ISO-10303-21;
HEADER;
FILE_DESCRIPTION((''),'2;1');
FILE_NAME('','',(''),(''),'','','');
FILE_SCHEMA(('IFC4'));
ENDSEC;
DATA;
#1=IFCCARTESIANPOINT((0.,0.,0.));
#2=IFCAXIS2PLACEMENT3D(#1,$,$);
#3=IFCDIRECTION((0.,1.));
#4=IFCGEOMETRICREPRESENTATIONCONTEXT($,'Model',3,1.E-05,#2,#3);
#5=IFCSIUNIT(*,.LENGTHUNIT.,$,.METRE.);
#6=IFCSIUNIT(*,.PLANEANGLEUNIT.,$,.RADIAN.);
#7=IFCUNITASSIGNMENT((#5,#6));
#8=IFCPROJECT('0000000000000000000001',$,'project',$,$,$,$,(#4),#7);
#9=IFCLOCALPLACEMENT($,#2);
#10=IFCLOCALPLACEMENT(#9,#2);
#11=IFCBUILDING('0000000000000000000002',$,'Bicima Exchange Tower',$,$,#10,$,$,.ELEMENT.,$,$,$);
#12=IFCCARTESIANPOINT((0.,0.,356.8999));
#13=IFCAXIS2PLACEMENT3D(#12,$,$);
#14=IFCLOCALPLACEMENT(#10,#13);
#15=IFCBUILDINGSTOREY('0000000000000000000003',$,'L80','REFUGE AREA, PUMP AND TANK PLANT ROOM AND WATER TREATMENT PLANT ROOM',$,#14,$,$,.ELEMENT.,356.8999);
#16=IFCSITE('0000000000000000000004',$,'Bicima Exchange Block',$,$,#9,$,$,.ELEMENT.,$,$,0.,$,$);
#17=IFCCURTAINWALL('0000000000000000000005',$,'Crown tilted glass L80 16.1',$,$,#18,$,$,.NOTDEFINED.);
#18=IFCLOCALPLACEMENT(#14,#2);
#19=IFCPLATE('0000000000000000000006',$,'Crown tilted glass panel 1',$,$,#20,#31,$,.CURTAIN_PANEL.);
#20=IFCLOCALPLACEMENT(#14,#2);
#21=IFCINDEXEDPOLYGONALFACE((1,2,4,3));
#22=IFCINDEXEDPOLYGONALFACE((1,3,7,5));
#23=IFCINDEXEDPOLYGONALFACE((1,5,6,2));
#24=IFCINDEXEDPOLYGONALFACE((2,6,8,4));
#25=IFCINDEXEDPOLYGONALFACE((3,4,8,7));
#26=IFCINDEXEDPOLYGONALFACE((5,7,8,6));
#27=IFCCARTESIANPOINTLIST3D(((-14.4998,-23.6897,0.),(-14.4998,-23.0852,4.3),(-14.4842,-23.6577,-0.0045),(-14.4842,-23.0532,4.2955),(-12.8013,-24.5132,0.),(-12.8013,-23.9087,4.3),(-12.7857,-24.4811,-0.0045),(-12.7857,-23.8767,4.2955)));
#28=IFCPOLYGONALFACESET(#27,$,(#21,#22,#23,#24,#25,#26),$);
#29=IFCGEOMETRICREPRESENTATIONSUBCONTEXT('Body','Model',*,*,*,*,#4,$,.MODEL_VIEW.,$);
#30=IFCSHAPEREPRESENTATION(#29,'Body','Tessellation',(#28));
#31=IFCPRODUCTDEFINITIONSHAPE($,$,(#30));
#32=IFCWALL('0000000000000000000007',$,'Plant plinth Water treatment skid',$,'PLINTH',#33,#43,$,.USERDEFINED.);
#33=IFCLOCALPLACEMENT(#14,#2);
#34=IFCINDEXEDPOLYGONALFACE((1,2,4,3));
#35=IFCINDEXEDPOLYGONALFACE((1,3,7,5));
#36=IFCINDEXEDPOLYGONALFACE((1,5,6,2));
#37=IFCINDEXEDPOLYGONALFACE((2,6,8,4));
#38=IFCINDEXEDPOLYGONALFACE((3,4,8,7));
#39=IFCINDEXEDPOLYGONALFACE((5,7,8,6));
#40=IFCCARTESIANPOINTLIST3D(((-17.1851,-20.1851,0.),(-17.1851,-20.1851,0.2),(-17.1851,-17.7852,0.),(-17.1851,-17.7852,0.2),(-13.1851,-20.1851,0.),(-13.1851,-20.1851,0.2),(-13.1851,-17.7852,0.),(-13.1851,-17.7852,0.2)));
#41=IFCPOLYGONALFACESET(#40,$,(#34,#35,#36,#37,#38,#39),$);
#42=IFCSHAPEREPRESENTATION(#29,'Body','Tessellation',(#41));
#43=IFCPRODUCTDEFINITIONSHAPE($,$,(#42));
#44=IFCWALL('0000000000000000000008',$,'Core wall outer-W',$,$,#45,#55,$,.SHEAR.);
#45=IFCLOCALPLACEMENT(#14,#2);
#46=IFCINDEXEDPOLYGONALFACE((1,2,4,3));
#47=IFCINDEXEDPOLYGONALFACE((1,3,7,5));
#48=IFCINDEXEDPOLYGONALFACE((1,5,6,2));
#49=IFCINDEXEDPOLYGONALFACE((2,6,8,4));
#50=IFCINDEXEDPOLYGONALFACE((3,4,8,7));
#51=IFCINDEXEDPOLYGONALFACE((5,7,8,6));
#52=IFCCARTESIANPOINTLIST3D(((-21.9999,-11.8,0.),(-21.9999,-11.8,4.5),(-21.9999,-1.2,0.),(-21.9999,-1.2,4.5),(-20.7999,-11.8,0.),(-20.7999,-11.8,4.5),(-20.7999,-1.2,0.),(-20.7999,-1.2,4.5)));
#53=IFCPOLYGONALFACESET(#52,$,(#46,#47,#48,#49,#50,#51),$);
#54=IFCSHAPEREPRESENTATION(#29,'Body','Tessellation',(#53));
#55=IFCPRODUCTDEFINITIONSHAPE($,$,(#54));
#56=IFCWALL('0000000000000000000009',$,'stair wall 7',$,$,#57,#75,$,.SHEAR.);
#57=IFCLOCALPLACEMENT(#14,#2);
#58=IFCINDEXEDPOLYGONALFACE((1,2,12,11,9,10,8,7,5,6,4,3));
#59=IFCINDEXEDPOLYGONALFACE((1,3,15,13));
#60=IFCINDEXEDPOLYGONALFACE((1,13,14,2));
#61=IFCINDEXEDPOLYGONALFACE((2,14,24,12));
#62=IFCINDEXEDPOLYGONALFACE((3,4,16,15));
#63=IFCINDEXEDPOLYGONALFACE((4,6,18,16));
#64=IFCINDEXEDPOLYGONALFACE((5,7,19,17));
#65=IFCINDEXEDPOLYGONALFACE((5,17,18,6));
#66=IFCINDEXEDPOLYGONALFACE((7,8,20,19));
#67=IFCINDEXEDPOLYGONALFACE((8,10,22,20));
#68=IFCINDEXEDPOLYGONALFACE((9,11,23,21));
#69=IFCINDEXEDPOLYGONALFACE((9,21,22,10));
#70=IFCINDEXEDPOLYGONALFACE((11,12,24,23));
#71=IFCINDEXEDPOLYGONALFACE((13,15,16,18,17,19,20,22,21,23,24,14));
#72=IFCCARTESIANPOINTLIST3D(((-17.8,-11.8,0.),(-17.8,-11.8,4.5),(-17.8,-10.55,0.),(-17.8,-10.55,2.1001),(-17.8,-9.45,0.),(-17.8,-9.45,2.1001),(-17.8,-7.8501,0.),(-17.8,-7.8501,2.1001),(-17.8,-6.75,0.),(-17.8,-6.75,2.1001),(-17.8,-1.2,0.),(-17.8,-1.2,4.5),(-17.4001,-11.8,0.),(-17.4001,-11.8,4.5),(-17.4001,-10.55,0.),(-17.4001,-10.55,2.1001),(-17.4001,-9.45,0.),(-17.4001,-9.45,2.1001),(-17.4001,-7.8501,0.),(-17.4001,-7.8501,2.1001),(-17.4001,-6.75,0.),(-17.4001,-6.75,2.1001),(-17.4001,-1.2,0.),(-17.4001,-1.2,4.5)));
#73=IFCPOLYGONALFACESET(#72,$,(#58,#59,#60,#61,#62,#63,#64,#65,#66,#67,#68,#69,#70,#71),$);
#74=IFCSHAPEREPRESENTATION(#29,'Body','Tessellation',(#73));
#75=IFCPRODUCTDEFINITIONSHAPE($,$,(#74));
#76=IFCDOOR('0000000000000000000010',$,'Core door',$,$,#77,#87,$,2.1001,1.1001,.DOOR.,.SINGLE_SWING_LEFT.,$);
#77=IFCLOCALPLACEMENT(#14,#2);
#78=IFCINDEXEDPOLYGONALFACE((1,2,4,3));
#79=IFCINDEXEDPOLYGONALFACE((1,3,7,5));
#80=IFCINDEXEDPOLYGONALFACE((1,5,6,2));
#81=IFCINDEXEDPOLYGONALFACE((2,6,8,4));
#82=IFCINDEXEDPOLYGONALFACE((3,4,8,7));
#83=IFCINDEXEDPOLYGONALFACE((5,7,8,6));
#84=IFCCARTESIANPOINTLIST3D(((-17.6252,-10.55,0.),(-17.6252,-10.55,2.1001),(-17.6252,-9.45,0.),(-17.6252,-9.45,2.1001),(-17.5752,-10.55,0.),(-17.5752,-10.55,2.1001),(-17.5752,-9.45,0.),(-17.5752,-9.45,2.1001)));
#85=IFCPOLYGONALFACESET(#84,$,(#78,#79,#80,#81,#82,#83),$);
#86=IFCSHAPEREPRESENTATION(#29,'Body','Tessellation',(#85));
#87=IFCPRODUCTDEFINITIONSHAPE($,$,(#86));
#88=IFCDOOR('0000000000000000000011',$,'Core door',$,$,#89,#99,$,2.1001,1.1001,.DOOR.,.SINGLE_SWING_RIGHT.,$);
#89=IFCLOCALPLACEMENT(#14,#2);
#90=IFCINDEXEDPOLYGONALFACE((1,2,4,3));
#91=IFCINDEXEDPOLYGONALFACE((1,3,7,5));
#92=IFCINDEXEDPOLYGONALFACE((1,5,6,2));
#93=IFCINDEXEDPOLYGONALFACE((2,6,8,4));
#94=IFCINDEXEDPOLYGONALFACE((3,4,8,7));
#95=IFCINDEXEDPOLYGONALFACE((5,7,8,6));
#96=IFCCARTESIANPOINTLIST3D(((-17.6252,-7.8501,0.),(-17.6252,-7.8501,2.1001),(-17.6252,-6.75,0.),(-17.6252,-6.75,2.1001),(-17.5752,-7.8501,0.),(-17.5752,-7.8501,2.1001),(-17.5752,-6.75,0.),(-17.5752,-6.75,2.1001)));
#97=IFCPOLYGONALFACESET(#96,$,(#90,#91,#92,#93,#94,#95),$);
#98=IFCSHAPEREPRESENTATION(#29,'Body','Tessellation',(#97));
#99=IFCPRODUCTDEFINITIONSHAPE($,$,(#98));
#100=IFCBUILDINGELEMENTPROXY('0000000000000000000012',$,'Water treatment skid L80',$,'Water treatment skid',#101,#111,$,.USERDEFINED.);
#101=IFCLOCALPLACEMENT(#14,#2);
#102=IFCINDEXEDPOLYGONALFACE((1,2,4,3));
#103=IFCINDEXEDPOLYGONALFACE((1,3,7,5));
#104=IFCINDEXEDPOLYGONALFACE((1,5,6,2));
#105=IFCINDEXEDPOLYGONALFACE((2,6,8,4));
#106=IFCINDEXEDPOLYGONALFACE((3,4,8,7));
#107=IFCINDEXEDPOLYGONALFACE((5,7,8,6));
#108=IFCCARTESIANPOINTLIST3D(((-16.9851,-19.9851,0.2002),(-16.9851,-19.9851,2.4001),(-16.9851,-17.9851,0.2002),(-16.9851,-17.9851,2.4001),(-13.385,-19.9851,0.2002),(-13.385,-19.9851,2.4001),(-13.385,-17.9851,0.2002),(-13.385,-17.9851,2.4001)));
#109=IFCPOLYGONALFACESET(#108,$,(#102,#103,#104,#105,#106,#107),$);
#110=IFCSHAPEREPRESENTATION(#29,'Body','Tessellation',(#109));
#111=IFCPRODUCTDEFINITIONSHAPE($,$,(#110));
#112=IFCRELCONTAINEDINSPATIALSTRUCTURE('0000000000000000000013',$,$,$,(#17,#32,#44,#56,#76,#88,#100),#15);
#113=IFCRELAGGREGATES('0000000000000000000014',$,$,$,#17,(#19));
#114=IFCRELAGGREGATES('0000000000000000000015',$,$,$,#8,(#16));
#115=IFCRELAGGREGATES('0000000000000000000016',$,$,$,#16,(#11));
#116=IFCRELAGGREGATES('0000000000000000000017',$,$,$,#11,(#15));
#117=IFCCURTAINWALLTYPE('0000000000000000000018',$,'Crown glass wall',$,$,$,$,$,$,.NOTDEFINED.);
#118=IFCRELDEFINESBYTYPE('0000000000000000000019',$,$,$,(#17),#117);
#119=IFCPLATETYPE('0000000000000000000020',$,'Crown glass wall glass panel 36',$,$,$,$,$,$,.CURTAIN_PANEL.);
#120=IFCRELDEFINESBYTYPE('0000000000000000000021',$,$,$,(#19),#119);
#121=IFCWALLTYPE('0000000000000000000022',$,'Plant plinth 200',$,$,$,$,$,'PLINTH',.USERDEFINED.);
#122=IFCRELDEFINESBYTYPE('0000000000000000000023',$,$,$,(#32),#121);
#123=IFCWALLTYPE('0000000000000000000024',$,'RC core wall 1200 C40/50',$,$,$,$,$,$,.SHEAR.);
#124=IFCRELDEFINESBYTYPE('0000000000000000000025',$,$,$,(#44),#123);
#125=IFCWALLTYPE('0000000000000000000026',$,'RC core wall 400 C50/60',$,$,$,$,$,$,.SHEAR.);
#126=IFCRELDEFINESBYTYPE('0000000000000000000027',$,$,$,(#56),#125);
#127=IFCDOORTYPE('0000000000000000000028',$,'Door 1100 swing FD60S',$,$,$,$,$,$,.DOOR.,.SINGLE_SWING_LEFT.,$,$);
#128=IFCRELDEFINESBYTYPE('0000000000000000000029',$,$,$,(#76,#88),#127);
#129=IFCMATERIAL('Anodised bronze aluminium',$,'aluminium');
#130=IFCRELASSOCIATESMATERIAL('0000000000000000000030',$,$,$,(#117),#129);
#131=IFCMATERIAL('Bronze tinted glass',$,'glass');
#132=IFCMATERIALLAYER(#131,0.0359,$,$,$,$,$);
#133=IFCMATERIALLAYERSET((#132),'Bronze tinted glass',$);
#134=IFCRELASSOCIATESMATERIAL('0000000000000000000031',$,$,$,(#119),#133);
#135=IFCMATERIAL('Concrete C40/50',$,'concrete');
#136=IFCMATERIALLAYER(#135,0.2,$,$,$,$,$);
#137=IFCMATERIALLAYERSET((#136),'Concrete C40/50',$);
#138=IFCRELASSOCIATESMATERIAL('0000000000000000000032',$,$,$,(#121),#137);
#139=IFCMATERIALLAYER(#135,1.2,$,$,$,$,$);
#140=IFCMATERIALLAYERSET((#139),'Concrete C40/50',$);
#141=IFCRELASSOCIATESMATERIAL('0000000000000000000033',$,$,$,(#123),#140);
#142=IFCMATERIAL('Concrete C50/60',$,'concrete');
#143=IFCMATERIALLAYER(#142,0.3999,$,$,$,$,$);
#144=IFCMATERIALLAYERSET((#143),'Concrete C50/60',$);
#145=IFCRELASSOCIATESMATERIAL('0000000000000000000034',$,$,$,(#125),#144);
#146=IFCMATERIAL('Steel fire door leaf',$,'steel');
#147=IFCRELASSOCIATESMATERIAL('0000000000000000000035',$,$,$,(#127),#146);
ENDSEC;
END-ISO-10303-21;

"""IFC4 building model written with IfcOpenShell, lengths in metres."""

from ifc_helpers import new_model, si_unit, direction, frame, frame_2d, origin, origin_2d, place, context, subcontext, project, spatial, polyline, rectangle, outline, extrude, material, layer, layer_set, type_object, element, fill, aggregate, save


model = new_model("IFC4")

# Units and contexts
model_context = context("Model", 3, precision=1e-05, world=origin(), true_north=direction((0.0, 1.0)))
body_context = subcontext(model_context, "Body", "Model", "MODEL_VIEW")
ifc_project = project(units=[si_unit("LENGTHUNIT", "METRE"), si_unit("PLANEANGLEUNIT", "RADIAN")], contexts=[model_context])

# Site, building, storey
site_placement = place(None, origin())
site = spatial("IfcSite", under=ifc_project, at=site_placement, Name="Bicima Exchange Block", CompositionType="ELEMENT", RefElevation=0.0)
building_placement = place(site_placement, origin())
building = spatial("IfcBuilding", under=site, at=building_placement, Name="Bicima Exchange Tower", CompositionType="ELEMENT")
storey_placement = place(building_placement, frame((0.0, 0.0, 356.8999)))
storey = spatial("IfcBuildingStorey", under=building, at=storey_placement, Name="L80", Description="REFUGE AREA, PUMP AND TANK PLANT ROOM AND WATER TREATMENT PLANT ROOM", CompositionType="ELEMENT", Elevation=356.8999)

# Shared definitions
ifc_material_1 = material(Name="Anodised bronze aluminium", Category="aluminium")
curtain_wall_type = type_object("IfcCurtainWallType", Name="Crown glass wall", PredefinedType="NOTDEFINED", material=ifc_material_1)

# Curtain wall
curtain_wall_1_placement = place(storey_placement, origin())
curtain_wall_1 = element("IfcCurtainWall", 1, at=curtain_wall_1_placement, inside=storey, type_object=curtain_wall_type, Name="Crown tilted glass L80 16.1", PredefinedType="NOTDEFINED")

# Plate
ifc_material_2 = material(Name="Bronze tinted glass", Category="glass")
ifc_layer_1 = layer(ifc_material_2, 0.0359)
ifc_layer_set_1 = layer_set([ifc_layer_1], Name="Bronze tinted glass")
plate_type = type_object("IfcPlateType", Name="Crown glass wall glass panel 36", PredefinedType="CURTAIN_PANEL", material=ifc_layer_set_1)
plate_1_placement = place(storey_placement, frame((-14.4998, -23.6897, 0.0), z_axis=(-0.432815, -0.892705, 0.125495), x_axis=(0.899819, -0.436264, 0.0)))
plate_1 = element("IfcPlate", 2, at=plate_1_placement, type_object=plate_type, Name="Crown tilted glass panel 1", PredefinedType="CURTAIN_PANEL", context=body_context, shape_type="SweptSolid", body=[
    extrude(outline(polyline([(0.0, 0.0), (1.8876, 0.0), (1.6239, 4.3343), (-0.2637, 4.3343), (0.0, 0.0)])), origin(), (0.0, 0.0, -1.0), 0.0359),
])
aggregate(curtain_wall_1, [plate_1])

# Walls
ifc_material_3 = material(Name="Concrete C40/50", Category="concrete")
ifc_layer_2 = layer(ifc_material_3, 0.2)
ifc_layer_set_2 = layer_set([ifc_layer_2], Name="Concrete C40/50")
wall_type_1 = type_object("IfcWallType", Name="Plant plinth 200", ElementType="PLINTH", PredefinedType="USERDEFINED", material=ifc_layer_set_2)
wall_1_placement = place(storey_placement, frame((-15.1851, -18.9851, 0.0), z_axis=(0.0, 0.0, 1.0), x_axis=(1.0, 0.0, 0.0)))
element("IfcWall", 3, at=wall_1_placement, inside=storey, type_object=wall_type_1, Name="Plant plinth Water treatment skid", ObjectType="PLINTH", PredefinedType="USERDEFINED", context=body_context, shape_type="SweptSolid", body=[
    extrude(rectangle(XDim=4.0, YDim=2.3999, at=origin_2d()), origin(), (0.0, 0.0, 1.0), 0.2),
])
ifc_layer_3 = layer(ifc_material_3, 1.2)
ifc_layer_set_3 = layer_set([ifc_layer_3], Name="Concrete C40/50")
wall_type_2 = type_object("IfcWallType", Name="RC core wall 1200 C40/50", PredefinedType="SHEAR", material=ifc_layer_set_3)
wall_2_placement = place(storey_placement, frame((-21.3999, -11.8, 0.0), z_axis=(0.0, 0.0, 1.0), x_axis=(0.0, 1.0, 0.0)))
element("IfcWall", 4, at=wall_2_placement, inside=storey, type_object=wall_type_2, Name="Core wall outer-W", PredefinedType="SHEAR", context=body_context, shape_type="SweptSolid", body=[
    extrude(rectangle(XDim=10.6001, YDim=1.2, at=frame_2d((5.3, 0.0))), origin(), (0.0, 0.0, 1.0), 4.5),
])

# Wall, openings, doors
ifc_material_4 = material(Name="Concrete C50/60", Category="concrete")
ifc_layer_4 = layer(ifc_material_4, 0.3999)
ifc_layer_set_4 = layer_set([ifc_layer_4], Name="Concrete C50/60")
wall_type_3 = type_object("IfcWallType", Name="RC core wall 400 C50/60", PredefinedType="SHEAR", material=ifc_layer_set_4)
wall_3_placement = place(storey_placement, frame((-17.6001, -11.8, 0.0), z_axis=(0.0, 0.0, 1.0), x_axis=(0.0, 1.0, 0.0)))
wall_3 = element("IfcWall", 5, at=wall_3_placement, inside=storey, type_object=wall_type_3, Name="stair wall 7", PredefinedType="SHEAR", context=body_context, shape_type="SweptSolid", body=[
    extrude(rectangle(XDim=10.6001, YDim=0.3999, at=frame_2d((5.3, 0.0))), origin(), (0.0, 0.0, 1.0), 4.5),
])
opening_1_placement = place(wall_3_placement, frame((1.25, 0.0, 0.0)))
opening_1 = element("IfcOpeningElement", 6, at=opening_1_placement, cuts=wall_3, PredefinedType="OPENING", context=body_context, shape_type="SweptSolid", body=[
    extrude(rectangle(XDim=1.1001, YDim=2.1001, at=frame_2d((0.55, 1.05))), frame((0.0, 0.2119, 0.0), z_axis=(0.0, -1.0, 0.0), x_axis=(1.0, 0.0, 0.0)), (0.0, 0.0, 1.0), 0.4238),
])
opening_2_placement = place(wall_3_placement, frame((3.95, 0.0, 0.0)))
opening_2 = element("IfcOpeningElement", 7, at=opening_2_placement, cuts=wall_3, PredefinedType="OPENING", context=body_context, shape_type="SweptSolid", body=[
    extrude(rectangle(XDim=1.1001, YDim=2.1001, at=frame_2d((0.55, 1.05))), frame((0.0, 0.2119, 0.0), z_axis=(0.0, -1.0, 0.0), x_axis=(1.0, 0.0, 0.0)), (0.0, 0.0, 1.0), 0.4238),
])
ifc_material_5 = material(Name="Steel fire door leaf", Category="steel")
door_type = type_object("IfcDoorType", Name="Door 1100 swing FD60S", OperationType="SINGLE_SWING_LEFT", PredefinedType="DOOR", material=ifc_material_5)
door_1_placement = place(opening_1_placement, frame((1.1001, 0.0, 0.0), z_axis=(0.0, 0.0, 1.0), x_axis=(-1.0, 0.0, 0.0)))
door_1 = element("IfcDoor", 8, at=door_1_placement, inside=storey, type_object=door_type, Name="Core door", OperationType="SINGLE_SWING_LEFT", OverallHeight=2.1001, OverallWidth=1.1001, PredefinedType="DOOR", context=body_context, shape_type="SweptSolid", body=[
    extrude(rectangle(XDim=1.1001, YDim=2.1001, at=frame_2d((0.55, 1.05))), frame((0.0, 0.0249, 0.0), z_axis=(0.0, -1.0, 0.0), x_axis=(1.0, 0.0, 0.0)), (0.0, 0.0, 1.0), 0.05),
])
fill(opening_1, door_1)
door_2_placement = place(opening_2_placement, frame((1.1001, 0.0, 0.0), z_axis=(0.0, 0.0, 1.0), x_axis=(-1.0, 0.0, 0.0)))
door_2 = element("IfcDoor", 9, at=door_2_placement, inside=storey, type_object=door_type, Name="Core door", OperationType="SINGLE_SWING_RIGHT", OverallHeight=2.1001, OverallWidth=1.1001, PredefinedType="DOOR", context=body_context, shape_type="SweptSolid", body=[
    extrude(rectangle(XDim=1.1001, YDim=2.1001, at=frame_2d((0.55, 1.05))), frame((0.0, 0.0249, 0.0), z_axis=(0.0, -1.0, 0.0), x_axis=(1.0, 0.0, 0.0)), (0.0, 0.0, 1.0), 0.05),
])
fill(opening_2, door_2)

# Building element proxy
proxy_placement = place(storey_placement, frame((-15.1851, -18.9851, 0.2002), z_axis=(0.0, 0.0, 1.0), x_axis=(1.0, 0.0, 0.0)))
element("IfcBuildingElementProxy", 10, at=proxy_placement, inside=storey, Name="Water treatment skid L80", ObjectType="Water treatment skid", PredefinedType="USERDEFINED", context=body_context, shape_type="SweptSolid", body=[
    extrude(rectangle(XDim=3.6001, YDim=2.0, at=origin_2d()), origin(), (0.0, 0.0, 1.0), 2.2),
])

save(model, "model.ifc")
